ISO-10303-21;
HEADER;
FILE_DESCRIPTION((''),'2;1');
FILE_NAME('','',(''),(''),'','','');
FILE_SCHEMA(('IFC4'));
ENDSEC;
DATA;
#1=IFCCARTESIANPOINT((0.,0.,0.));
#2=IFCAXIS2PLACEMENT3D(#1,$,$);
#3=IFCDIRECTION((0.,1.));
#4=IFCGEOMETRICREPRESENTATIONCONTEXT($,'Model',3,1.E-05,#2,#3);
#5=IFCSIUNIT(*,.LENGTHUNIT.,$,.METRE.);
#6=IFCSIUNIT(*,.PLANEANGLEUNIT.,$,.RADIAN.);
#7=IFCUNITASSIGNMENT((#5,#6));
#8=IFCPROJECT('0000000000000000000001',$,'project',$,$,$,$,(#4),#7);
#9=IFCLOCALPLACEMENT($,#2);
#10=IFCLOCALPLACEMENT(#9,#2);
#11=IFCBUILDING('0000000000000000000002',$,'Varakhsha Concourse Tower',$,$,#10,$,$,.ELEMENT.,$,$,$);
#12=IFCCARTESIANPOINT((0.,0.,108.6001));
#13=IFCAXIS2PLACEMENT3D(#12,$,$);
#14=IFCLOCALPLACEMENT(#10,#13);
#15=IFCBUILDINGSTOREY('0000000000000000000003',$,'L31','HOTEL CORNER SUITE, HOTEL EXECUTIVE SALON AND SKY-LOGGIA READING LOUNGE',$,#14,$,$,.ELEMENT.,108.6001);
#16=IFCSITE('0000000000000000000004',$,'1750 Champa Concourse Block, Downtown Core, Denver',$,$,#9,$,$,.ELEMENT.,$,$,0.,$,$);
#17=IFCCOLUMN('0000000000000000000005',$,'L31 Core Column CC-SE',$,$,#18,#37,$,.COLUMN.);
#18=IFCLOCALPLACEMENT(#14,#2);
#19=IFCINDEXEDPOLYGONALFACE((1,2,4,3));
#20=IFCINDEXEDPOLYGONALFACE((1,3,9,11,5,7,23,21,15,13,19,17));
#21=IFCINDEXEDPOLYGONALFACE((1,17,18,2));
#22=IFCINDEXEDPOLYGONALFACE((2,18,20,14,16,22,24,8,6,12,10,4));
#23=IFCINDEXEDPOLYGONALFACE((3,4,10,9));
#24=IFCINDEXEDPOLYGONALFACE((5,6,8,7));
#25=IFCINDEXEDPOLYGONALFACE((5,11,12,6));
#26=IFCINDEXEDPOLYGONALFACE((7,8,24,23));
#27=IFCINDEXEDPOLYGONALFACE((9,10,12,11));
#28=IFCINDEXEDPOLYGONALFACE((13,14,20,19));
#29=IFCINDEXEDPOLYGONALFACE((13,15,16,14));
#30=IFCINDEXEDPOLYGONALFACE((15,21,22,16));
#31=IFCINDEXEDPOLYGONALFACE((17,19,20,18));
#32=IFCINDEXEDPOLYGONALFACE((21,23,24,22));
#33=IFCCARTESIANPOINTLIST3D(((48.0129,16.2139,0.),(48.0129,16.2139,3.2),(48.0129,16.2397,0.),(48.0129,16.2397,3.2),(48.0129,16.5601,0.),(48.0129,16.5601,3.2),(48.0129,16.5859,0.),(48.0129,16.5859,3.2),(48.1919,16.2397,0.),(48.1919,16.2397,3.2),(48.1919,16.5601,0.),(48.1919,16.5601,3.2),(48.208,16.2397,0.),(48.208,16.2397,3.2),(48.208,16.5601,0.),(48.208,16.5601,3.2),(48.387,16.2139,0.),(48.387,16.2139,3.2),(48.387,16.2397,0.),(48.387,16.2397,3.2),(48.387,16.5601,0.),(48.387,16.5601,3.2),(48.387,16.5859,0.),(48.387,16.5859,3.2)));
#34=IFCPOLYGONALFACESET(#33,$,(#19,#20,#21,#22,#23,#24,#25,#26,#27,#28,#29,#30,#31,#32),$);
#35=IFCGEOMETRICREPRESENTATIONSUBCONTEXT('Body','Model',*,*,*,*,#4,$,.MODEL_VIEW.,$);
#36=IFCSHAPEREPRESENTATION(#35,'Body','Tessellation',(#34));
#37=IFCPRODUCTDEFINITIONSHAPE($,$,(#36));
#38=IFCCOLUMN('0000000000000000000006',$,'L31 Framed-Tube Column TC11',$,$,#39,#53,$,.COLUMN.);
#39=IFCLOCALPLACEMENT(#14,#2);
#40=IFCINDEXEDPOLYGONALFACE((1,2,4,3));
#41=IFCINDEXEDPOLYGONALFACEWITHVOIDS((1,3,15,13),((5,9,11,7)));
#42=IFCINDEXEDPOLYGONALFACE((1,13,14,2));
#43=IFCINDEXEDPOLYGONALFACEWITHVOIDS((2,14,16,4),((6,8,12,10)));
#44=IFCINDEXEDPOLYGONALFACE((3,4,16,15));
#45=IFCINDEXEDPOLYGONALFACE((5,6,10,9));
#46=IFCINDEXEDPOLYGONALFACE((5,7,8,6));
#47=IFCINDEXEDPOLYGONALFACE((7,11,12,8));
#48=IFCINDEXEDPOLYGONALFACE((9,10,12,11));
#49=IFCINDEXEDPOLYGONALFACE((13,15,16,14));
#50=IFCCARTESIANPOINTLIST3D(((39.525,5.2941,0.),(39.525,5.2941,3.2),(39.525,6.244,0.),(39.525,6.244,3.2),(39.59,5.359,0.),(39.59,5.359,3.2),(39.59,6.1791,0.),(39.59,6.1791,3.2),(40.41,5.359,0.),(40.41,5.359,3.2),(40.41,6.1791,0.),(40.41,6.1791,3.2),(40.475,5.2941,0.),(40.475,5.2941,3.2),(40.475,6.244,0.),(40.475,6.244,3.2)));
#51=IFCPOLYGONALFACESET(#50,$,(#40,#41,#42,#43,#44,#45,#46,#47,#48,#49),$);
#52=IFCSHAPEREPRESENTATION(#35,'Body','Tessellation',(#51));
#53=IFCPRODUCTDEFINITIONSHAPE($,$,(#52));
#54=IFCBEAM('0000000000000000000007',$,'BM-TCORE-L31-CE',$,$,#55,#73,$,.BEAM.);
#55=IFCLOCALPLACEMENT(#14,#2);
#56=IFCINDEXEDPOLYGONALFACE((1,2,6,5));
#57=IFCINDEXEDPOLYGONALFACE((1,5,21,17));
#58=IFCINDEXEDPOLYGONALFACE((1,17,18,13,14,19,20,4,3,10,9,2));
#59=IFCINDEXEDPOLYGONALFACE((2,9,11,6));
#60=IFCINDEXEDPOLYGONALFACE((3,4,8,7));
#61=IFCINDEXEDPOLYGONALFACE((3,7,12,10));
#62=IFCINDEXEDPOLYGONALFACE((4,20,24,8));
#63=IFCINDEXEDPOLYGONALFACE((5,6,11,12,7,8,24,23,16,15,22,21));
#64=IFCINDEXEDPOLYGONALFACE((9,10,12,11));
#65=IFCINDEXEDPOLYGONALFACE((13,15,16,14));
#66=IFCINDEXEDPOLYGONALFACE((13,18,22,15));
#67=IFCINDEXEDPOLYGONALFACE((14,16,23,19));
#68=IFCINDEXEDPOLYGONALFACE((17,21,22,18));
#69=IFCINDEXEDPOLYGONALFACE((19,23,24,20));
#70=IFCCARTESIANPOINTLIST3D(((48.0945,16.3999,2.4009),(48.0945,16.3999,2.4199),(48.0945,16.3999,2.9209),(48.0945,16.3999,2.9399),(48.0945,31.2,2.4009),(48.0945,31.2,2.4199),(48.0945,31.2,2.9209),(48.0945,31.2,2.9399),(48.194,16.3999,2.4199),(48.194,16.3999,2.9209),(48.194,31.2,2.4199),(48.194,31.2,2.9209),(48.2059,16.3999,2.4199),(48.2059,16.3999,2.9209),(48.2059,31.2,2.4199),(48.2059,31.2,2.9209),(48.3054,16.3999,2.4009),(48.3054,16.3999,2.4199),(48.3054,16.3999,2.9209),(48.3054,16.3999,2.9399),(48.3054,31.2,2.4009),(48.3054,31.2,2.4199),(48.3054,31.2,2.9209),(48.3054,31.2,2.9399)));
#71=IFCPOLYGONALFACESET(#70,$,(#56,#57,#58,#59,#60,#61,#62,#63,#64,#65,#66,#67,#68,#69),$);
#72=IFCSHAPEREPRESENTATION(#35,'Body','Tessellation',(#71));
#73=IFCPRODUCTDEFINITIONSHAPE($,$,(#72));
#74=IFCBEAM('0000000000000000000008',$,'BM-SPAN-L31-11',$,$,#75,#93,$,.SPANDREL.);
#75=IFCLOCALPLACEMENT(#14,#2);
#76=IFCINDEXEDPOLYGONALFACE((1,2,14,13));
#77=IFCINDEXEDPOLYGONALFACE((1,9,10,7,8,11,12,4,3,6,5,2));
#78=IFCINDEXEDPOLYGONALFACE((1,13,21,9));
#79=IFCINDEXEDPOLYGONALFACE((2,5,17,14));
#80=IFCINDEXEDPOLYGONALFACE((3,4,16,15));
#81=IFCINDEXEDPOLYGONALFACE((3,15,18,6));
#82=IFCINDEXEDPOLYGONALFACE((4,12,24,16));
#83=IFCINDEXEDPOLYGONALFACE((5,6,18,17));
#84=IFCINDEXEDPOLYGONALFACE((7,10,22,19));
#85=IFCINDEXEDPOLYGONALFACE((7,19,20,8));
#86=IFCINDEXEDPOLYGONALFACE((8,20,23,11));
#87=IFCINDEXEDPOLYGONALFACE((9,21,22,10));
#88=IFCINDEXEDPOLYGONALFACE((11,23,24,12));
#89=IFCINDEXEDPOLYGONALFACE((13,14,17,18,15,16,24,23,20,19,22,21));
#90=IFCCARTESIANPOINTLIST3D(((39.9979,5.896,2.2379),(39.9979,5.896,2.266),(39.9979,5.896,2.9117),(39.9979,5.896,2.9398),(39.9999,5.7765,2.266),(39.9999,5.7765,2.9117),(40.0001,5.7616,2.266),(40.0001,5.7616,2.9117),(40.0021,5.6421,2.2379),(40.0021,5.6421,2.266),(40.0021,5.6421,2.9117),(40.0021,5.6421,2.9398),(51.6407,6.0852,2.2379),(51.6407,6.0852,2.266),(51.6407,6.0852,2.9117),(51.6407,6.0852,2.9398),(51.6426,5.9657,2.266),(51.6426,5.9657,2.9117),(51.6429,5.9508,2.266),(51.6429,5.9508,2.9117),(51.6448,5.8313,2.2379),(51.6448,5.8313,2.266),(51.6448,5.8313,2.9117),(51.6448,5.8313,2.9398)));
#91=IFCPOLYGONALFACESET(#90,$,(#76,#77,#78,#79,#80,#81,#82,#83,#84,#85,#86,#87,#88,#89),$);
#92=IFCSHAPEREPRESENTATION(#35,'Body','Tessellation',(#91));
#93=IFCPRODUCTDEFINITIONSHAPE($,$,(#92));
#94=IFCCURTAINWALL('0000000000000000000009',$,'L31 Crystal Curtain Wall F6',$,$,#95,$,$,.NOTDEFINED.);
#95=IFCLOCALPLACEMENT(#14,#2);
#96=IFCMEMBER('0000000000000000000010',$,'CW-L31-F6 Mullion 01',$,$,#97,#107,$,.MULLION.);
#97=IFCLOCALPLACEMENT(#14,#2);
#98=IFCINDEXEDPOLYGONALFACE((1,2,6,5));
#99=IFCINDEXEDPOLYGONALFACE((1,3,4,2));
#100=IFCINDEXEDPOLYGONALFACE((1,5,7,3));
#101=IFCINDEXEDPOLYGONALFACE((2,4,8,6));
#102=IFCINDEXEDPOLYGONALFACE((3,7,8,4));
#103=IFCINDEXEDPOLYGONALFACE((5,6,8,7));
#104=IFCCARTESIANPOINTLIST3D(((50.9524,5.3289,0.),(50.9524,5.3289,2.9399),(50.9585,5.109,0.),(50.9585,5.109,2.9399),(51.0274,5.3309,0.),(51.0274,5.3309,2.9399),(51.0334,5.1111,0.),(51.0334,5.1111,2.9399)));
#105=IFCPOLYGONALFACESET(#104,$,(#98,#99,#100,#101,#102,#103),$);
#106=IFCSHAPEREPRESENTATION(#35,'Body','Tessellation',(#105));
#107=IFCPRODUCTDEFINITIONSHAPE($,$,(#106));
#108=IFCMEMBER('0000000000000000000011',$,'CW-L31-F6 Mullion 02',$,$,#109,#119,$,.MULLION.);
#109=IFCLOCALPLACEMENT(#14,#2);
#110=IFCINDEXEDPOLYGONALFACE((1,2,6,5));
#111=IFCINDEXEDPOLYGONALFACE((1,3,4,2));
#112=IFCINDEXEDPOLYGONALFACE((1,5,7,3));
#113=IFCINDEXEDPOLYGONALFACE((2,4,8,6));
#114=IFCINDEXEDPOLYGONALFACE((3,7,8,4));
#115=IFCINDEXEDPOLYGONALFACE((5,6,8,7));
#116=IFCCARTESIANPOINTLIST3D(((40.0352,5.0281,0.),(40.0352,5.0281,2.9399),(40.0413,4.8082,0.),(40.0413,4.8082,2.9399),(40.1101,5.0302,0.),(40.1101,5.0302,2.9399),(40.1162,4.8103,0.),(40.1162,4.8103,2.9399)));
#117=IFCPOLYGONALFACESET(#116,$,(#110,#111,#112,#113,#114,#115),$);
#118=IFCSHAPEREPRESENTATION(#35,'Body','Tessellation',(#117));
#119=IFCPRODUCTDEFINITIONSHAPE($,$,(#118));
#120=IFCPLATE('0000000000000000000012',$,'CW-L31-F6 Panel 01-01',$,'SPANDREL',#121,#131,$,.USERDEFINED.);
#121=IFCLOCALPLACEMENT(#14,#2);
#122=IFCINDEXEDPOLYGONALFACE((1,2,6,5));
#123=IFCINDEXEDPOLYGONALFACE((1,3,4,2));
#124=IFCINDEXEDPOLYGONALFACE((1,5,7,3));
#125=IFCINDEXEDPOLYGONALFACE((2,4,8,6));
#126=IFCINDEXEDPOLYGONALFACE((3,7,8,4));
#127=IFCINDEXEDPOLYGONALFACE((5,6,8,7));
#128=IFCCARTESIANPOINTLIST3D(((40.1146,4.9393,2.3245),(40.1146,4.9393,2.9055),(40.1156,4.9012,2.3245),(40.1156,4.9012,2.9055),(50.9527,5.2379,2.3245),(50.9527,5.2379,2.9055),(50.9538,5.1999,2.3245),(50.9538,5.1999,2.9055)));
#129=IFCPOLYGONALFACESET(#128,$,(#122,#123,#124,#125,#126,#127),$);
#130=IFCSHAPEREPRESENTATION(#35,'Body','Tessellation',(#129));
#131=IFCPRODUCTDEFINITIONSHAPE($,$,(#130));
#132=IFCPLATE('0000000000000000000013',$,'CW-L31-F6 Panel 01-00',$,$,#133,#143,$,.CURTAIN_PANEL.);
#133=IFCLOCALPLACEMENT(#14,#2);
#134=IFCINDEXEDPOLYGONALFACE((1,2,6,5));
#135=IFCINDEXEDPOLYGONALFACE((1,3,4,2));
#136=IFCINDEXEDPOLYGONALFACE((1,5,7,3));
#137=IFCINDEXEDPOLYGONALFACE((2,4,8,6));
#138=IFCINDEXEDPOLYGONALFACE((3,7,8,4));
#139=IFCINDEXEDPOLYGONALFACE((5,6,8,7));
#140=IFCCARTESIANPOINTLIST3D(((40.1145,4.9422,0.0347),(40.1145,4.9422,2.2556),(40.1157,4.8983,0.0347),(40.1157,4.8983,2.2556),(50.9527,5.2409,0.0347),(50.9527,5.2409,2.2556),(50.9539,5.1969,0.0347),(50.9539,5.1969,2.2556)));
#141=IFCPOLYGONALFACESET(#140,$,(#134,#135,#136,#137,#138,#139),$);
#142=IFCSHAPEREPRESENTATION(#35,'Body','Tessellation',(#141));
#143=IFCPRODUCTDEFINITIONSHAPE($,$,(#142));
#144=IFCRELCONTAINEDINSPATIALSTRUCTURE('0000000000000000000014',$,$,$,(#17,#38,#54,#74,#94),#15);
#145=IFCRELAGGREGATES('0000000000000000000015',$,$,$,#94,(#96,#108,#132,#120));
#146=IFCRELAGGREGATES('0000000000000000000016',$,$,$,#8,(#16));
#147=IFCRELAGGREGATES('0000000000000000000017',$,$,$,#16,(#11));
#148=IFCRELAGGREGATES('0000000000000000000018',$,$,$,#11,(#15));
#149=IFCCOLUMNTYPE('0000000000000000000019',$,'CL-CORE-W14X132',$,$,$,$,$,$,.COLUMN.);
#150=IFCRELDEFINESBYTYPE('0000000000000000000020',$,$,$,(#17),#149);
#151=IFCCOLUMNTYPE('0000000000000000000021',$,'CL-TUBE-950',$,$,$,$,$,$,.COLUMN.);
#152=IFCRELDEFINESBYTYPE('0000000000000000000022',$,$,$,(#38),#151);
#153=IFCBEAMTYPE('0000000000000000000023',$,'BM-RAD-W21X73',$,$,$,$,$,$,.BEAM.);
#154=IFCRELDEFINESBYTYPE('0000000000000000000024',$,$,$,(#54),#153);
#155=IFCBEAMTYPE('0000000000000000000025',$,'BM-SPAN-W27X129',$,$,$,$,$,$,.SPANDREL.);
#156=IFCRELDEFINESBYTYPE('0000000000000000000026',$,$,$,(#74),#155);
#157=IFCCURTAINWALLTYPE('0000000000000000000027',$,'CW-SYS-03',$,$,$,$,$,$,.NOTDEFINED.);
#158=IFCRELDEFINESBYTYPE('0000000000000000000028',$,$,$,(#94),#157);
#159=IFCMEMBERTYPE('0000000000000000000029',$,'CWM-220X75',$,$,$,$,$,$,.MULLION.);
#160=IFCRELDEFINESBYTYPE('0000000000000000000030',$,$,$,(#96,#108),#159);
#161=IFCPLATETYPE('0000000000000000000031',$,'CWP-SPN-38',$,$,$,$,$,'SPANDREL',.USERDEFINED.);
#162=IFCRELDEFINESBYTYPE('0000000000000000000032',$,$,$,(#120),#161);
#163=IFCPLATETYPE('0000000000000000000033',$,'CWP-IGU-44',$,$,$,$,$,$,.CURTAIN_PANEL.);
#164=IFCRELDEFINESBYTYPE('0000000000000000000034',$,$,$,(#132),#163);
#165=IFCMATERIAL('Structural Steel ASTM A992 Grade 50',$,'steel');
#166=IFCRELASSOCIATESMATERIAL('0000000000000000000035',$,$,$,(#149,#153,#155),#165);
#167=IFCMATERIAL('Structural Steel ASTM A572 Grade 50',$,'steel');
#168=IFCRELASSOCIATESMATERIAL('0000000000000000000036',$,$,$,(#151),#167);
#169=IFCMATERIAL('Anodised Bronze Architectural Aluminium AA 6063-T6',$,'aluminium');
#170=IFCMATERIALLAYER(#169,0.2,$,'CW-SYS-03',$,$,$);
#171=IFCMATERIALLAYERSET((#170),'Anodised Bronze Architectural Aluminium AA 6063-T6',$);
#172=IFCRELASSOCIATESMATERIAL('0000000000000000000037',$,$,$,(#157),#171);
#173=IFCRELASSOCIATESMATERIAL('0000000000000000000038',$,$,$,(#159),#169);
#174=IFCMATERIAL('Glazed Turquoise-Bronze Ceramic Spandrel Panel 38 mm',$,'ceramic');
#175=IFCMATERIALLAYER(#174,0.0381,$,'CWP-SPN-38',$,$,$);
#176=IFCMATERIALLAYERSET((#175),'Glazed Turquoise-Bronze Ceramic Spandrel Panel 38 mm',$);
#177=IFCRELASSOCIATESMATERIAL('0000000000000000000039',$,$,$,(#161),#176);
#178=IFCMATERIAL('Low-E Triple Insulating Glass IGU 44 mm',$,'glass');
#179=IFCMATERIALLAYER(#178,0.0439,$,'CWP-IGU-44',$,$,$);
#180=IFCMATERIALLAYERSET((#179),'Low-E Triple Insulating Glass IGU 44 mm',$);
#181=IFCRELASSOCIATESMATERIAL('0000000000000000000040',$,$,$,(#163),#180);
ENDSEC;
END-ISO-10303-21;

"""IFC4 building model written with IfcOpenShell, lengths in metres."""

from ifc_helpers import new_model, si_unit, direction, frame, origin, origin_2d, place, context, subcontext, project, spatial, rectangle, hollow_rectangle, i_section, extrude, source, transform, mapped, material, layer, layer_set, material_profile, profile_set, type_object, type_shapes, element, aggregate, save


model = new_model("IFC4")

# Units and contexts
model_context = context("Model", 3, precision=1e-05, world=origin(), true_north=direction((0.0, 1.0)))
body_context = subcontext(model_context, "Body", "Model", "MODEL_VIEW")
ifc_project = project(units=[si_unit("LENGTHUNIT", "METRE"), si_unit("PLANEANGLEUNIT", "RADIAN")], contexts=[model_context])

# Site, building, storey
site_placement = place(None, origin())
site = spatial("IfcSite", under=ifc_project, at=site_placement, Name="1750 Champa Concourse Block, Downtown Core, Denver", CompositionType="ELEMENT", RefElevation=0.0)
building_placement = place(site_placement, origin())
building = spatial("IfcBuilding", under=site, at=building_placement, Name="Varakhsha Concourse Tower", CompositionType="ELEMENT")
storey_placement = place(building_placement, frame((0.0, 0.0, 108.6001)))
storey = spatial("IfcBuildingStorey", under=building, at=storey_placement, Name="L31", Description="HOTEL CORNER SUITE, HOTEL EXECUTIVE SALON AND SKY-LOGGIA READING LOUNGE", CompositionType="ELEMENT", Elevation=108.6001)

# Columns
ifc_material_1 = material(Name="Structural Steel ASTM A992 Grade 50", Category="steel")
ifc_material_profile_1 = material_profile(ifc_material_1, i_section(OverallWidth=0.374, OverallDepth=0.3721, WebThickness=0.0161, FlangeThickness=0.0259, at=origin_2d()), Name="W14X132")
ifc_profile_set_1 = profile_set([ifc_material_profile_1], Name="Structural Steel ASTM A992 Grade 50")
column_type_1 = type_object("IfcColumnType", Name="CL-CORE-W14X132", PredefinedType="COLUMN", material=ifc_profile_set_1)
column_1_placement = place(storey_placement, frame((48.2, 16.3999, 0.0), z_axis=(0.0, 0.0, 1.0), x_axis=(1.0, 0.0, 0.0)))
element("IfcColumn", 1, at=column_1_placement, inside=storey, type_object=column_type_1, Name="L31 Core Column CC-SE", PredefinedType="COLUMN", context=body_context, shape_type="SweptSolid", body=[
    extrude(i_section(OverallWidth=0.374, OverallDepth=0.3721, WebThickness=0.0161, FlangeThickness=0.0259, at=origin_2d()), origin(), (0.0, 0.0, 1.0), 3.2),
])
ifc_material_2 = material(Name="Structural Steel ASTM A572 Grade 50", Category="steel")
ifc_material_profile_2 = material_profile(ifc_material_2, hollow_rectangle(XDim=0.95, YDim=0.95, WallThickness=0.0649, at=origin_2d()), Name="BOX 950x950x65")
ifc_profile_set_2 = profile_set([ifc_material_profile_2], Name="Structural Steel ASTM A572 Grade 50")
column_type_2 = type_object("IfcColumnType", Name="CL-TUBE-950", PredefinedType="COLUMN", material=ifc_profile_set_2)
column_2_placement = place(storey_placement, frame((40.0, 5.769, 0.0), z_axis=(0.0, 0.0, 1.0), x_axis=(1.0, 0.0, 0.0)))
element("IfcColumn", 2, at=column_2_placement, inside=storey, type_object=column_type_2, Name="L31 Framed-Tube Column TC11", PredefinedType="COLUMN", context=body_context, shape_type="SweptSolid", body=[
    extrude(hollow_rectangle(XDim=0.95, YDim=0.95, WallThickness=0.0649, at=origin_2d()), origin(), (0.0, 0.0, 1.0), 3.2),
])

# Beams
ifc_material_profile_3 = material_profile(ifc_material_1, i_section(OverallWidth=0.2109, OverallDepth=0.5391, WebThickness=0.012, FlangeThickness=0.019, at=origin_2d()), Name="W21X73")
ifc_profile_set_3 = profile_set([ifc_material_profile_3], Name="Structural Steel ASTM A992 Grade 50")
beam_type_1 = type_object("IfcBeamType", Name="BM-RAD-W21X73", PredefinedType="BEAM", material=ifc_profile_set_3)
beam_1_placement = place(storey_placement, frame((48.2, 16.3999, 2.6704), z_axis=(0.0, 1.0, 0.0), x_axis=(-1.0, 0.0, 0.0)))
element("IfcBeam", 3, at=beam_1_placement, inside=storey, type_object=beam_type_1, Name="BM-TCORE-L31-CE", PredefinedType="BEAM", context=body_context, shape_type="SweptSolid", body=[
    extrude(i_section(OverallWidth=0.2109, OverallDepth=0.5391, WebThickness=0.012, FlangeThickness=0.019, at=origin_2d()), origin(), (0.0, 0.0, 1.0), 14.8),
])
ifc_material_profile_4 = material_profile(ifc_material_1, i_section(OverallWidth=0.2539, OverallDepth=0.7019, WebThickness=0.0149, FlangeThickness=0.0281, at=origin_2d()), Name="W27X129")
ifc_profile_set_4 = profile_set([ifc_material_profile_4], Name="Structural Steel ASTM A992 Grade 50")
beam_type_2 = type_object("IfcBeamType", Name="BM-SPAN-W27X129", PredefinedType="SPANDREL", material=ifc_profile_set_4)
beam_2_placement = place(storey_placement, frame((40.0, 5.769, 2.5889), z_axis=(0.999868, 0.016249, 0.0), x_axis=(-0.016249, 0.999868, 0.0)))
element("IfcBeam", 4, at=beam_2_placement, inside=storey, type_object=beam_type_2, Name="BM-SPAN-L31-11", PredefinedType="SPANDREL", context=body_context, shape_type="SweptSolid", body=[
    extrude(i_section(OverallWidth=0.2539, OverallDepth=0.7019, WebThickness=0.0149, FlangeThickness=0.0281, at=origin_2d()), origin(), (0.0, 0.0, 1.0), 11.6443),
])

# Curtain wall, members, plates
ifc_material_3 = material(Name="Anodised Bronze Architectural Aluminium AA 6063-T6", Category="aluminium")
ifc_layer_1 = layer(ifc_material_3, 0.2, Name="CW-SYS-03")
ifc_layer_set_1 = layer_set([ifc_layer_1], Name="Anodised Bronze Architectural Aluminium AA 6063-T6")
curtain_wall_type = type_object("IfcCurtainWallType", Name="CW-SYS-03", PredefinedType="NOTDEFINED", material=ifc_layer_set_1)
curtain_wall_placement = place(storey_placement, origin())
curtain_wall = element("IfcCurtainWall", 5, at=curtain_wall_placement, inside=storey, type_object=curtain_wall_type, Name="L31 Crystal Curtain Wall F6", PredefinedType="NOTDEFINED")
ifc_material_profile_5 = material_profile(ifc_material_3, rectangle(XDim=0.075, YDim=0.22, at=origin_2d()), Name="CWM-220X75")
ifc_profile_set_5 = profile_set([ifc_material_profile_5], Name="Anodised Bronze Architectural Aluminium AA 6063-T6")
member_type = type_object("IfcMemberType", Name="CWM-220X75", PredefinedType="MULLION", material=ifc_profile_set_5)
shared_shape_1 = source(origin(), body_context, "Body", "SweptSolid", [
    extrude(rectangle(XDim=0.075, YDim=0.22, at=origin_2d()), origin(), (0.0, 0.0, 1.0), 2.9399),
])
type_shapes(member_type, [shared_shape_1])
member_1_placement = place(storey_placement, frame((50.9929, 5.22, 0.0), z_axis=(0.0, 0.0, 1.0), x_axis=(-0.999621, -0.027547, 0.0)))
member_1 = element("IfcMember", 6, at=member_1_placement, type_object=member_type, Name="CW-L31-F6 Mullion 01", PredefinedType="MULLION", context=body_context, shape_type="MappedRepresentation", body=[
    mapped(shared_shape_1, transform((0.0, 0.0, 0.0), scale=1.0)),
])
member_2_placement = place(storey_placement, frame((40.0757, 4.9192, 0.0), z_axis=(0.0, 0.0, 1.0), x_axis=(-0.999621, -0.027547, 0.0)))
member_2 = element("IfcMember", 7, at=member_2_placement, type_object=member_type, Name="CW-L31-F6 Mullion 02", PredefinedType="MULLION", context=body_context, shape_type="MappedRepresentation", body=[
    mapped(shared_shape_1, transform((0.0, 0.0, 0.0), scale=1.0)),
])
ifc_material_4 = material(Name="Glazed Turquoise-Bronze Ceramic Spandrel Panel 38 mm", Category="ceramic")
ifc_layer_2 = layer(ifc_material_4, 0.0381, Name="CWP-SPN-38")
ifc_layer_set_2 = layer_set([ifc_layer_2], Name="Glazed Turquoise-Bronze Ceramic Spandrel Panel 38 mm")
plate_type_1 = type_object("IfcPlateType", Name="CWP-SPN-38", ElementType="SPANDREL", PredefinedType="USERDEFINED", material=ifc_layer_set_2)
shared_shape_2 = source(origin(), body_context, "Body", "SweptSolid", [
    extrude(rectangle(XDim=10.8423, YDim=0.0381, at=origin_2d()), origin(), (0.0, 0.0, 1.0), 0.5811),
])
type_shapes(plate_type_1, [shared_shape_2])
plate_1_placement = place(storey_placement, frame((45.5342, 5.0696, 2.3245), z_axis=(0.0, 0.0, 1.0), x_axis=(-0.999621, -0.027547, 0.0)))
plate_1 = element("IfcPlate", 8, at=plate_1_placement, type_object=plate_type_1, Name="CW-L31-F6 Panel 01-01", ObjectType="SPANDREL", PredefinedType="USERDEFINED", context=body_context, shape_type="MappedRepresentation", body=[
    mapped(shared_shape_2, transform((0.0, 0.0, 0.0), scale=1.0)),
])
ifc_material_5 = material(Name="Low-E Triple Insulating Glass IGU 44 mm", Category="glass")
ifc_layer_3 = layer(ifc_material_5, 0.0439, Name="CWP-IGU-44")
ifc_layer_set_3 = layer_set([ifc_layer_3], Name="Low-E Triple Insulating Glass IGU 44 mm")
plate_type_2 = type_object("IfcPlateType", Name="CWP-IGU-44", PredefinedType="CURTAIN_PANEL", material=ifc_layer_set_3)
shared_shape_3 = source(origin(), body_context, "Body", "SweptSolid", [
    extrude(rectangle(XDim=10.8423, YDim=0.0439, at=origin_2d()), origin(), (0.0, 0.0, 1.0), 2.2209),
])
type_shapes(plate_type_2, [shared_shape_3])
plate_2_placement = place(storey_placement, frame((45.5342, 5.0696, 0.0347), z_axis=(0.0, 0.0, 1.0), x_axis=(-0.999621, -0.027547, 0.0)))
plate_2 = element("IfcPlate", 9, at=plate_2_placement, type_object=plate_type_2, Name="CW-L31-F6 Panel 01-00", PredefinedType="CURTAIN_PANEL", context=body_context, shape_type="MappedRepresentation", body=[
    mapped(shared_shape_3, transform((0.0, 0.0, 0.0), scale=1.0)),
])
aggregate(curtain_wall, [member_1, member_2, plate_2, plate_1])

save(model, "model.ifc")
